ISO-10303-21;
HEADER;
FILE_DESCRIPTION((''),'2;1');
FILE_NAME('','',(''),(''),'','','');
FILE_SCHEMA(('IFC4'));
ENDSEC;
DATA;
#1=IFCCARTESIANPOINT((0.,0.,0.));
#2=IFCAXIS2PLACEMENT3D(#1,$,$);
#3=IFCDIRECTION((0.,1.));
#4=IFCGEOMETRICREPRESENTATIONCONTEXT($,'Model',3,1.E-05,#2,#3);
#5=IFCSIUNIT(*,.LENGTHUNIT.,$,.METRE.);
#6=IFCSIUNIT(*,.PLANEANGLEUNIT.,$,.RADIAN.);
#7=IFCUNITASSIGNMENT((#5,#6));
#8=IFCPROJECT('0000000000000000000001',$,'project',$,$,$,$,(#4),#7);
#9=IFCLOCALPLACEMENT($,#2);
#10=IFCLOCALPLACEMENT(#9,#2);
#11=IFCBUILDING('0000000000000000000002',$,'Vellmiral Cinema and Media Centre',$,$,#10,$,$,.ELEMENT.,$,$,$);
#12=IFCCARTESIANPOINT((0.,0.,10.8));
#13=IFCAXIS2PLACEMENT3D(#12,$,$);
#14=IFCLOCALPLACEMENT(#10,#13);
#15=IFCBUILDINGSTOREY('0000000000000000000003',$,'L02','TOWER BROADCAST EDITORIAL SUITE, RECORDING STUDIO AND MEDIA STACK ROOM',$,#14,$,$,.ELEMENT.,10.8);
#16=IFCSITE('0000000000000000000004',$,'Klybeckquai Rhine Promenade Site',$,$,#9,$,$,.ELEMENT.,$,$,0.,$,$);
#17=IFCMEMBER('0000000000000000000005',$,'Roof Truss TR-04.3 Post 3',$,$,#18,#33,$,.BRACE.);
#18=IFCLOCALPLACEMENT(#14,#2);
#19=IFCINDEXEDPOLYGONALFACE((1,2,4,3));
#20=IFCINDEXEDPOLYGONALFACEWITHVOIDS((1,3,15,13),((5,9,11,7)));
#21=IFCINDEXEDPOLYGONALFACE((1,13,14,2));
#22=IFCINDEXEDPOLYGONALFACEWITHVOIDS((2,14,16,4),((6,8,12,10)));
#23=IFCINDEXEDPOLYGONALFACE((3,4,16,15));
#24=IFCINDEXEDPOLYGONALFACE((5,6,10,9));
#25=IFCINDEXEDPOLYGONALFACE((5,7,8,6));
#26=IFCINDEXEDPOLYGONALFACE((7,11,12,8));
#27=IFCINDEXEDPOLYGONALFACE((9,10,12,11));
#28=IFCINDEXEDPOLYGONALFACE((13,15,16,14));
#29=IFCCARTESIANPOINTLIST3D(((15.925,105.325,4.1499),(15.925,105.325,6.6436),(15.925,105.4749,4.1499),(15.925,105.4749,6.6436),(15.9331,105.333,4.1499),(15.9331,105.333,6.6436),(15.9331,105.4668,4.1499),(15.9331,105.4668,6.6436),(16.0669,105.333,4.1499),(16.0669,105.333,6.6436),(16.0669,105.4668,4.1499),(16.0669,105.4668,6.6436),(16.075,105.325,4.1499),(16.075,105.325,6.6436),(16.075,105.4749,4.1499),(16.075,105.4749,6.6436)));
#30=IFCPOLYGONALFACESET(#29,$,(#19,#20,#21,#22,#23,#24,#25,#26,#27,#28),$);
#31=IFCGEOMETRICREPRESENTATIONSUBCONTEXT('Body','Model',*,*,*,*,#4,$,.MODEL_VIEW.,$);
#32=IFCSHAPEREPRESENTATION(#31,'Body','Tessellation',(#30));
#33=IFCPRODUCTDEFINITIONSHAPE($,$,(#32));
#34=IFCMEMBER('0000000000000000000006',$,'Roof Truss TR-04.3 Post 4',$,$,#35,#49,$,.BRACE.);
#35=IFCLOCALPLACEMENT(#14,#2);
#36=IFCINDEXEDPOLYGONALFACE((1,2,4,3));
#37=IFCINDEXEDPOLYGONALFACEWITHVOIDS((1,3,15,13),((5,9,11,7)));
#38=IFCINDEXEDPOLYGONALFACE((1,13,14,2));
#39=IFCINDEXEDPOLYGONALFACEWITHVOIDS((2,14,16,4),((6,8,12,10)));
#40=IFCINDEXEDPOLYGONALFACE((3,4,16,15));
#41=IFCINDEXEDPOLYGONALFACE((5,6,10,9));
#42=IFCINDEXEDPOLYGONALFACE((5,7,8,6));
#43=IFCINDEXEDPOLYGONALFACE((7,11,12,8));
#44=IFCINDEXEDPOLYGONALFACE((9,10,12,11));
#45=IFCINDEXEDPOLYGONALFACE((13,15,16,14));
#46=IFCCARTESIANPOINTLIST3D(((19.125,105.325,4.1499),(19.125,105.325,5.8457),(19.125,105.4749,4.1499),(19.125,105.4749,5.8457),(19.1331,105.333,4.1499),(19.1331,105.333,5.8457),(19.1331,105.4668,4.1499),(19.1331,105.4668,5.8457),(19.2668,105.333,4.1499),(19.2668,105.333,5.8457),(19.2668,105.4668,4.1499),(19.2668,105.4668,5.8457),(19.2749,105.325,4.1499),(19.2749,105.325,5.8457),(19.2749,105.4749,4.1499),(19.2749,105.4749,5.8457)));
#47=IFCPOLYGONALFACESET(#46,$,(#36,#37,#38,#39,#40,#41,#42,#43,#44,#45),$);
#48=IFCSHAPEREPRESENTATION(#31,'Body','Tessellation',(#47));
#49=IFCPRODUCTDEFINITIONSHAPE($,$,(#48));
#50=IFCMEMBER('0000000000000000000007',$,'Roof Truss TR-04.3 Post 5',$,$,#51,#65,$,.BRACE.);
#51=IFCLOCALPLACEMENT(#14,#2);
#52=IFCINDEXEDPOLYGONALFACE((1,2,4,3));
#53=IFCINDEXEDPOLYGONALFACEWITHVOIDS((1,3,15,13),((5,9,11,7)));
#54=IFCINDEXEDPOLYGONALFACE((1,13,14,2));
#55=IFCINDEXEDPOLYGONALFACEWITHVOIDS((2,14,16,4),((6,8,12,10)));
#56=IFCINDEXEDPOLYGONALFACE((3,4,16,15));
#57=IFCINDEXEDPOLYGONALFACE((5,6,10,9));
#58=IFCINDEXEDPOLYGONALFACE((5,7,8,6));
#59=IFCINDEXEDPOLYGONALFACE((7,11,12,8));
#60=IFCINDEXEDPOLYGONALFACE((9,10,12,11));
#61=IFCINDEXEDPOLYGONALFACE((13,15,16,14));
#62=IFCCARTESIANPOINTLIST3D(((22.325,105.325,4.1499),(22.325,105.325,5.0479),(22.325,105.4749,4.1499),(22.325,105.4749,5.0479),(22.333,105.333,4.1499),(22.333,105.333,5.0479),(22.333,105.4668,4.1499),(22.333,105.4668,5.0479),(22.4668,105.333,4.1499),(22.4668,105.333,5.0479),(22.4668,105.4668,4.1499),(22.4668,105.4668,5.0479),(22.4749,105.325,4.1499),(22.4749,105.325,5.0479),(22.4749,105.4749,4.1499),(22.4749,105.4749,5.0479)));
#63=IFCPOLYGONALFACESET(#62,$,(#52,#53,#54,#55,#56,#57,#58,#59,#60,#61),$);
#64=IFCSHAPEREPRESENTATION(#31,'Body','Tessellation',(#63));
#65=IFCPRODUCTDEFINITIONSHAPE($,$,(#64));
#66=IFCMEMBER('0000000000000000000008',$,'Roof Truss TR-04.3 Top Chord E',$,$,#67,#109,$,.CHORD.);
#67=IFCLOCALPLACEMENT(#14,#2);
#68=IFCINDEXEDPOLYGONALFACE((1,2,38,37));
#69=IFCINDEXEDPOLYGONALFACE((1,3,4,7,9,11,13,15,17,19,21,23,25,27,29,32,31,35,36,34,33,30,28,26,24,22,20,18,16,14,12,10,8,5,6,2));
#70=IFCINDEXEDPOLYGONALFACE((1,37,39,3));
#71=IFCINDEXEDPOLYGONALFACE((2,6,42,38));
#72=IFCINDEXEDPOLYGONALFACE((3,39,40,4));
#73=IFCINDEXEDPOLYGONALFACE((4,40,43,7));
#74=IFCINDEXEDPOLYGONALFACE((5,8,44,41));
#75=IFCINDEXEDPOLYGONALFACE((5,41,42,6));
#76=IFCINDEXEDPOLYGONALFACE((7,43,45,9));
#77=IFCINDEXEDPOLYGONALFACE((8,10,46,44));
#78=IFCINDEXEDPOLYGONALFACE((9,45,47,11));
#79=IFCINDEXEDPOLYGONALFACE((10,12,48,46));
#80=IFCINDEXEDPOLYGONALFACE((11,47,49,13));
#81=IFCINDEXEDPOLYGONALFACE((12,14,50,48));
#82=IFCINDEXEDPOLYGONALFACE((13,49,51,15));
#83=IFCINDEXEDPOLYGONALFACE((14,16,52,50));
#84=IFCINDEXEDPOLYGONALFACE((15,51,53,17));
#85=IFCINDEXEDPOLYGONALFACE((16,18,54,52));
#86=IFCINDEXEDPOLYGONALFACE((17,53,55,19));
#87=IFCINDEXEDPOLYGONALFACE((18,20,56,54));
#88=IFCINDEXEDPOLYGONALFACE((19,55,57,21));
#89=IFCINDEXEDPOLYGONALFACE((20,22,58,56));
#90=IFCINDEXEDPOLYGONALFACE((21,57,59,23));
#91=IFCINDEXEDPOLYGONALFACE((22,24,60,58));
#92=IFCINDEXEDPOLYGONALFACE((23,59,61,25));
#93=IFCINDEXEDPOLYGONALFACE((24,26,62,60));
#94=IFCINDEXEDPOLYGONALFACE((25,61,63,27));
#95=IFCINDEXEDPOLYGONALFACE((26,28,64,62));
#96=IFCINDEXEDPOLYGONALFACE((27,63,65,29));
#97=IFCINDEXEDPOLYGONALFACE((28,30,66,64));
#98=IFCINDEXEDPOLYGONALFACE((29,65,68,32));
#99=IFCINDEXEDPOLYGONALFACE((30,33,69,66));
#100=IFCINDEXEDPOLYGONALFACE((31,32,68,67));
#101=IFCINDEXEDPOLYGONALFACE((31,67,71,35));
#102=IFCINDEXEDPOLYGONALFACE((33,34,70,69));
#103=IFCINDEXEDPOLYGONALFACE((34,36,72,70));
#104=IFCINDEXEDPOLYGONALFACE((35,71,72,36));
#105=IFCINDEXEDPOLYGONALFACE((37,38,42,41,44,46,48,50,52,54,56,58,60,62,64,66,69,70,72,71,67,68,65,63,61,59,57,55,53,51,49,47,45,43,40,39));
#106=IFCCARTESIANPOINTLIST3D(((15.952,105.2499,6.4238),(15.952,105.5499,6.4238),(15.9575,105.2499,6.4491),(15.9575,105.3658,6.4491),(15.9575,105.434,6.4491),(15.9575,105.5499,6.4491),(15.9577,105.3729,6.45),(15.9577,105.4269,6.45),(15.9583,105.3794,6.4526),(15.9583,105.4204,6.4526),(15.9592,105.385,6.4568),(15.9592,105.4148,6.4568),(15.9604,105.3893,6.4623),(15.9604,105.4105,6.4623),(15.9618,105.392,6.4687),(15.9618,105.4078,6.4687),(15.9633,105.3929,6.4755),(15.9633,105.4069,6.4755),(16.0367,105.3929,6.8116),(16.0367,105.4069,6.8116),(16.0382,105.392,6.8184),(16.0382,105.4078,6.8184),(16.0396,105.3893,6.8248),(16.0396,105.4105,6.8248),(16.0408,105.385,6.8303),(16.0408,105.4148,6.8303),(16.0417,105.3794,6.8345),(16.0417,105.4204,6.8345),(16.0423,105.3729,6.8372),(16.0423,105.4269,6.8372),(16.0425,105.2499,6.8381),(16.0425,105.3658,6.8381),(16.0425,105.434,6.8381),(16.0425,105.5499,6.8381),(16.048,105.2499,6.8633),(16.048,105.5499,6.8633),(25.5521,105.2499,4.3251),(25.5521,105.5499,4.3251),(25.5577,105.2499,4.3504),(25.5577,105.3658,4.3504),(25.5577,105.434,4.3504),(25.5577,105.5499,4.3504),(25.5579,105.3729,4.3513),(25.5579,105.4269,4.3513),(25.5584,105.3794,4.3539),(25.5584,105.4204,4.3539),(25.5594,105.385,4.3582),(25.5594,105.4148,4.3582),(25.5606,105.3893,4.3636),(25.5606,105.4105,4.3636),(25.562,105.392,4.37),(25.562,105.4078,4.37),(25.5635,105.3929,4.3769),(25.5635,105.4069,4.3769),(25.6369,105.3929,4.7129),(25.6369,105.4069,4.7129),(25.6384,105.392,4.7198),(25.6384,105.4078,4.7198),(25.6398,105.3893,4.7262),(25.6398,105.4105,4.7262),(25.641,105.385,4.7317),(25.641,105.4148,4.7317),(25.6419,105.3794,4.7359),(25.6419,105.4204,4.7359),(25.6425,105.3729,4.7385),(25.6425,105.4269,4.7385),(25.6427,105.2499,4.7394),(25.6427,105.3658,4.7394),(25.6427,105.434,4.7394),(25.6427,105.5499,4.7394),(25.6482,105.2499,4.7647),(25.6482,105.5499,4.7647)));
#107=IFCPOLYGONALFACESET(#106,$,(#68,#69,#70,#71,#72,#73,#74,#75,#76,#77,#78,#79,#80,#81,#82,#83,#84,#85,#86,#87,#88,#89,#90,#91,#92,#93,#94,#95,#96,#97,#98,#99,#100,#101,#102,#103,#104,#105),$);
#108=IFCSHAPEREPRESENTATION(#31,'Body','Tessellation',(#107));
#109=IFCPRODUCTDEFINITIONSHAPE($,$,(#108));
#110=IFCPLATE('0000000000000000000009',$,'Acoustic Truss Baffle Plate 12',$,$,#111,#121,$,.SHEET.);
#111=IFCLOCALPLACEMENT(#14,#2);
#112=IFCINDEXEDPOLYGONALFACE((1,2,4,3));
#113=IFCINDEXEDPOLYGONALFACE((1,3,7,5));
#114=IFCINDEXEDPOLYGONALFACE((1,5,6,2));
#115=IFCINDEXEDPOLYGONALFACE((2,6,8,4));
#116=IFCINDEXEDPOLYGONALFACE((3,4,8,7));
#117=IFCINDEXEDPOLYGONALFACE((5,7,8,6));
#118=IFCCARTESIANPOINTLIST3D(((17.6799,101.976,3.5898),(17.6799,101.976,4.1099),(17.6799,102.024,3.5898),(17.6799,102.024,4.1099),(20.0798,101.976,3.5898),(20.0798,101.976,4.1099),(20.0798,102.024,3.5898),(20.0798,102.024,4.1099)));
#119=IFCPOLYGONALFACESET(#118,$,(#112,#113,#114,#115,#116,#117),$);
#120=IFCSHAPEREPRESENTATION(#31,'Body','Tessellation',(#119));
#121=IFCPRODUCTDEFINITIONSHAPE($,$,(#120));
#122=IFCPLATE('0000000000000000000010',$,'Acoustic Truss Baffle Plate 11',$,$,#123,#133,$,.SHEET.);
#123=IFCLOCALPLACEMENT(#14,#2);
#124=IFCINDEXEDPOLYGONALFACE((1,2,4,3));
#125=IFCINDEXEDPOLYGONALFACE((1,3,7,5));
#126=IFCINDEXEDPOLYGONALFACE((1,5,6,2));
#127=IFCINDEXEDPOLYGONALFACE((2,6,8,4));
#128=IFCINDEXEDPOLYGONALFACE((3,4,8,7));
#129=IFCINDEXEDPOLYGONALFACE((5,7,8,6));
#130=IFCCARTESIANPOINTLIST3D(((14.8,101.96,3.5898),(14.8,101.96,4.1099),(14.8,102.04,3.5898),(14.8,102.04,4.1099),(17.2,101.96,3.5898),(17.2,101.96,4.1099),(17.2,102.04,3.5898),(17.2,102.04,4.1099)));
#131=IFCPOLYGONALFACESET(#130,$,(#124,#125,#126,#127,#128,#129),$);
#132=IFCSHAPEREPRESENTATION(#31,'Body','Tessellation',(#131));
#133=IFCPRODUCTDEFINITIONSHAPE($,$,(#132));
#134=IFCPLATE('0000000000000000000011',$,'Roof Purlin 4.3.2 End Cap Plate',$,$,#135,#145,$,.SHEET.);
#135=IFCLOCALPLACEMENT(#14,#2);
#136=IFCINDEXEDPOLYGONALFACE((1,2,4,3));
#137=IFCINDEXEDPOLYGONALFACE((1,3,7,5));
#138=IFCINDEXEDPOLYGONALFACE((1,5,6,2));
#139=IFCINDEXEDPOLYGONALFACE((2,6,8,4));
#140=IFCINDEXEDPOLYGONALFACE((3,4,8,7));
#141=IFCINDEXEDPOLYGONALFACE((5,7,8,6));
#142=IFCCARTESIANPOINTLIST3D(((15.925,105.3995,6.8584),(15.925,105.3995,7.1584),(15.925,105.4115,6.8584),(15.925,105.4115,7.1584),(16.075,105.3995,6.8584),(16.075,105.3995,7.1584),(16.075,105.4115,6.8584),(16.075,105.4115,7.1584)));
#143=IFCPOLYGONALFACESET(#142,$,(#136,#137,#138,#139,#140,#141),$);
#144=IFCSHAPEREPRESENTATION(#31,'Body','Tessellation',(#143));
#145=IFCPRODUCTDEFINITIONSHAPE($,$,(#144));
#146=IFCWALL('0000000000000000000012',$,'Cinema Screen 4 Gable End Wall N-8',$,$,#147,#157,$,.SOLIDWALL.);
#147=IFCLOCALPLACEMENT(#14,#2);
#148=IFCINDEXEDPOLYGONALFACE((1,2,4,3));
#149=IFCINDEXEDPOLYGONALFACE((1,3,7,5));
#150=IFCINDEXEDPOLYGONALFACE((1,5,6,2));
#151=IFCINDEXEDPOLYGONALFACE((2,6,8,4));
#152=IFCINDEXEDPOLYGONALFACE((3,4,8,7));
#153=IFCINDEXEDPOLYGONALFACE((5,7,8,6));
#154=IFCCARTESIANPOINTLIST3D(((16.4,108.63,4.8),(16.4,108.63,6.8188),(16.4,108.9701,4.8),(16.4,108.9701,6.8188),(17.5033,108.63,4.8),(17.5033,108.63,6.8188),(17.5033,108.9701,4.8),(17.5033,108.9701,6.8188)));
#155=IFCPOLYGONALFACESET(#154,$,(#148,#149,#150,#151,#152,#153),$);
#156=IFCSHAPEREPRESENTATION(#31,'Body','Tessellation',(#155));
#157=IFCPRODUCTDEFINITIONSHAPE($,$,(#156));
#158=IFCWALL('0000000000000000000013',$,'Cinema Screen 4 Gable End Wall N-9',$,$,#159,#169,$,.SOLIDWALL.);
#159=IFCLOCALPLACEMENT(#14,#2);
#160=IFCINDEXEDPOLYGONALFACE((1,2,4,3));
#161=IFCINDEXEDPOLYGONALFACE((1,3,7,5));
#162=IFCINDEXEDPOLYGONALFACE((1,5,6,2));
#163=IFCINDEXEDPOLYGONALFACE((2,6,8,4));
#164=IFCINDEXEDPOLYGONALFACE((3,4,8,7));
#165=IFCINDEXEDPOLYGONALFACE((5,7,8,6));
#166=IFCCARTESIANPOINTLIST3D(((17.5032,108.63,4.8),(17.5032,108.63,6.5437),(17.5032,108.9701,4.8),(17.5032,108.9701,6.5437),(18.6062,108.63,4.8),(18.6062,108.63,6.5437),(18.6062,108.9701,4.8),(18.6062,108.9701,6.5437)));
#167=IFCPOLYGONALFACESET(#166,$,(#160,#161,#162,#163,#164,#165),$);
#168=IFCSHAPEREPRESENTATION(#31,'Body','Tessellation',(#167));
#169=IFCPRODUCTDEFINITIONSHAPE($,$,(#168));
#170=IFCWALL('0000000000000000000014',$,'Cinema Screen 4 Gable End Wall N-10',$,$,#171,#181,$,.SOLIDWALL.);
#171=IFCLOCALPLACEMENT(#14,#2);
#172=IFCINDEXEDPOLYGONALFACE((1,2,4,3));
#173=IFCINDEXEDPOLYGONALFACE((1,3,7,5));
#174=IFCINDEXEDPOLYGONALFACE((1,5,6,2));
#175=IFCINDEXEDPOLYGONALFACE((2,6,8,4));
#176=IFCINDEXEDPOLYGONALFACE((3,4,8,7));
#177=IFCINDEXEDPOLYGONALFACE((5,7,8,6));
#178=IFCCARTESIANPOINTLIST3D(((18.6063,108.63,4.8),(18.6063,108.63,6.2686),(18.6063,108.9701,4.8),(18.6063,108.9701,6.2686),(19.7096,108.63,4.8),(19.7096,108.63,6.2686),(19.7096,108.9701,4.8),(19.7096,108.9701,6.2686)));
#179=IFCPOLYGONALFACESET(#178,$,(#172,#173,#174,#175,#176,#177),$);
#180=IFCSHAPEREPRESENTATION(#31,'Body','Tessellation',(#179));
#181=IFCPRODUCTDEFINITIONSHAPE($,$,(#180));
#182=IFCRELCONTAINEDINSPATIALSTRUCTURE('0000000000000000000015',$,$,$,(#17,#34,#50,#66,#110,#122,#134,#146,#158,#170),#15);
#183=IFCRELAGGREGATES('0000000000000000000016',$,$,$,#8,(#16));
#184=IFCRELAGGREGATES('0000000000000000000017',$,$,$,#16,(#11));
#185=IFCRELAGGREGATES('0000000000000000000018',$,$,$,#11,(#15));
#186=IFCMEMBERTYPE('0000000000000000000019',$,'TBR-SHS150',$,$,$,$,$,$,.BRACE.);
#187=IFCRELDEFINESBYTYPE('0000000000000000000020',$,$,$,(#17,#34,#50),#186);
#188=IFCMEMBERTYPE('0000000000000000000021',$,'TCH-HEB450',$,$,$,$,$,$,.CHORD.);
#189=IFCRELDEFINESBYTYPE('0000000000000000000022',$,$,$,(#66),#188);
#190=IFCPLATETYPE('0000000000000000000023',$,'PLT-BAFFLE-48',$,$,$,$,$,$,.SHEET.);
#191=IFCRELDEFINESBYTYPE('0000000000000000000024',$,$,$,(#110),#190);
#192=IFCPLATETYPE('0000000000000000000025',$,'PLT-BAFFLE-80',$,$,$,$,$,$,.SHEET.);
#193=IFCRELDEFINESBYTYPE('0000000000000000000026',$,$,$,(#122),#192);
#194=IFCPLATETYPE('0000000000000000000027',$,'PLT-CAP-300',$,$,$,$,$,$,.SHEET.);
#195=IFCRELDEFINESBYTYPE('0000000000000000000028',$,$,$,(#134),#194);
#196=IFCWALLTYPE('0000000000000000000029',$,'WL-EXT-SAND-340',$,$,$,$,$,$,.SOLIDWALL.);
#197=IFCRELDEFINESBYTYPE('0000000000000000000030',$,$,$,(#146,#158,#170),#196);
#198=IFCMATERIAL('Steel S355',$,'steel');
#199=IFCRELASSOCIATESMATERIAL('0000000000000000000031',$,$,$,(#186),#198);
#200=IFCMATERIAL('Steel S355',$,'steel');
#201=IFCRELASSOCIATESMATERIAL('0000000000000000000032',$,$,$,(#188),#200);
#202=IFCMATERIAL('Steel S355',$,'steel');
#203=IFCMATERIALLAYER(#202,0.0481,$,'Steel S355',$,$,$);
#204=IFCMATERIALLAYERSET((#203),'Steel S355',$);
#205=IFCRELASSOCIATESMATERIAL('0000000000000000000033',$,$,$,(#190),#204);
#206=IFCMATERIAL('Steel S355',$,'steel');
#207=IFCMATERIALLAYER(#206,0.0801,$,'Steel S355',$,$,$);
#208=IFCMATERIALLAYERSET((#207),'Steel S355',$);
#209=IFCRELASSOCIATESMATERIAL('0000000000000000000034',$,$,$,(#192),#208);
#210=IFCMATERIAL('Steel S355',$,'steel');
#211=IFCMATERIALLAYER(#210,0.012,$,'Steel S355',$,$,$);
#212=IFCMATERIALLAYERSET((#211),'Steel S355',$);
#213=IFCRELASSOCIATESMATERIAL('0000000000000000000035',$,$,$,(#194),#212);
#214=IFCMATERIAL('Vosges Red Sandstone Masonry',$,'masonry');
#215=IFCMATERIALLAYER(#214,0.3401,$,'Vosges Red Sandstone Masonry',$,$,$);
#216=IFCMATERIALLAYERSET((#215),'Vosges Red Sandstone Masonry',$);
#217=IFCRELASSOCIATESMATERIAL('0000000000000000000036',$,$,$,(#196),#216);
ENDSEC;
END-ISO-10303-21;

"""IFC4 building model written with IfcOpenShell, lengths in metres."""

from ifc_helpers import new_model, si_unit, direction, frame, frame_2d, origin, origin_2d, place, context, subcontext, project, spatial, rectangle, hollow_rectangle, i_section, extrude, material, layer, layer_set, material_profile, profile_set, type_object, element, save


model = new_model("IFC4")

# Units and contexts
model_context = context("Model", 3, precision=1e-05, world=origin(), true_north=direction((0.0, 1.0)))
body_context = subcontext(model_context, "Body", "Model", "MODEL_VIEW")
ifc_project = project(units=[si_unit("LENGTHUNIT", "METRE"), si_unit("PLANEANGLEUNIT", "RADIAN")], contexts=[model_context])

# Site, building, storey
site_placement = place(None, origin())
site = spatial("IfcSite", under=ifc_project, at=site_placement, Name="Klybeckquai Rhine Promenade Site", CompositionType="ELEMENT", RefElevation=0.0)
building_placement = place(site_placement, origin())
building = spatial("IfcBuilding", under=site, at=building_placement, Name="Vellmiral Cinema and Media Centre", CompositionType="ELEMENT")
storey_placement = place(building_placement, frame((0.0, 0.0, 10.8)))
storey = spatial("IfcBuildingStorey", under=building, at=storey_placement, Name="L02", Description="TOWER BROADCAST EDITORIAL SUITE, RECORDING STUDIO AND MEDIA STACK ROOM", CompositionType="ELEMENT", Elevation=10.8)

# Members
ifc_material_1 = material(Name="Steel S355", Category="steel")
ifc_material_profile_1 = material_profile(ifc_material_1, hollow_rectangle(XDim=0.1499, YDim=0.1499, WallThickness=0.0081, at=origin_2d()), Name="SHS 150x150x8.0")
ifc_profile_set_1 = profile_set([ifc_material_profile_1], Name="Steel S355")
member_type_1 = type_object("IfcMemberType", Name="TBR-SHS150", PredefinedType="BRACE", material=ifc_profile_set_1)
member_1_placement = place(storey_placement, frame((16.0, 105.3999, 4.1499), z_axis=(0.0, 0.0, 1.0), x_axis=(1.0, 0.0, 0.0)))
element("IfcMember", 1, at=member_1_placement, inside=storey, type_object=member_type_1, Name="Roof Truss TR-04.3 Post 3", PredefinedType="BRACE", context=body_context, shape_type="SweptSolid", body=[
    extrude(hollow_rectangle(XDim=0.1499, YDim=0.1499, WallThickness=0.0081, at=origin_2d()), origin(), (0.0, 0.0, 1.0), 2.4937),
])
member_2_placement = place(storey_placement, frame((19.2, 105.3999, 4.1499), z_axis=(0.0, 0.0, 1.0), x_axis=(1.0, 0.0, 0.0)))
element("IfcMember", 2, at=member_2_placement, inside=storey, type_object=member_type_1, Name="Roof Truss TR-04.3 Post 4", PredefinedType="BRACE", context=body_context, shape_type="SweptSolid", body=[
    extrude(hollow_rectangle(XDim=0.1499, YDim=0.1499, WallThickness=0.0081, at=origin_2d()), origin(), (0.0, 0.0, 1.0), 1.6958),
])
member_3_placement = place(storey_placement, frame((22.3999, 105.3999, 4.1499), z_axis=(0.0, 0.0, 1.0), x_axis=(1.0, 0.0, 0.0)))
element("IfcMember", 3, at=member_3_placement, inside=storey, type_object=member_type_1, Name="Roof Truss TR-04.3 Post 5", PredefinedType="BRACE", context=body_context, shape_type="SweptSolid", body=[
    extrude(hollow_rectangle(XDim=0.1499, YDim=0.1499, WallThickness=0.0081, at=origin_2d()), origin(), (0.0, 0.0, 1.0), 0.8979),
])
ifc_material_2 = material(Name="Steel S355", Category="steel")
ifc_material_profile_2 = material_profile(ifc_material_2, i_section(OverallWidth=0.3, OverallDepth=0.45, WebThickness=0.0139, FlangeThickness=0.0259, FilletRadius=0.0271, at=origin_2d()), Name="HEB 450")
ifc_profile_set_2 = profile_set([ifc_material_profile_2], Name="Steel S355")
member_type_2 = type_object("IfcMemberType", Name="TCH-HEB450", PredefinedType="CHORD", material=ifc_profile_set_2)
member_4_placement = place(storey_placement, frame((16.0, 105.3999, 6.6436), z_axis=(0.97693, 0.0, -0.213562), x_axis=(0.0, 1.0, 0.0)))
element("IfcMember", 4, at=member_4_placement, inside=storey, type_object=member_type_2, Name="Roof Truss TR-04.3 Top Chord E", PredefinedType="CHORD", context=body_context, shape_type="SweptSolid", body=[
    extrude(i_section(OverallWidth=0.3, OverallDepth=0.45, WebThickness=0.0139, FlangeThickness=0.0259, FilletRadius=0.0271, at=origin_2d()), origin(), (0.0, 0.0, 1.0), 9.8269),
])

# Plates
ifc_material_3 = material(Name="Steel S355", Category="steel")
ifc_layer_1 = layer(ifc_material_3, 0.0481, Name="Steel S355")
ifc_layer_set_1 = layer_set([ifc_layer_1], Name="Steel S355")
plate_type_1 = type_object("IfcPlateType", Name="PLT-BAFFLE-48", PredefinedType="SHEET", material=ifc_layer_set_1)
plate_1_placement = place(storey_placement, frame((18.8799, 102.0, 3.5898), z_axis=(0.0, 0.0, 1.0), x_axis=(1.0, 0.0, 0.0)))
element("IfcPlate", 5, at=plate_1_placement, inside=storey, type_object=plate_type_1, Name="Acoustic Truss Baffle Plate 12", PredefinedType="SHEET", context=body_context, shape_type="SweptSolid", body=[
    extrude(rectangle(XDim=2.3999, YDim=0.0481, at=origin_2d()), origin(), (0.0, 0.0, 1.0), 0.52),
])
ifc_material_4 = material(Name="Steel S355", Category="steel")
ifc_layer_2 = layer(ifc_material_4, 0.0801, Name="Steel S355")
ifc_layer_set_2 = layer_set([ifc_layer_2], Name="Steel S355")
plate_type_2 = type_object("IfcPlateType", Name="PLT-BAFFLE-80", PredefinedType="SHEET", material=ifc_layer_set_2)
plate_2_placement = place(storey_placement, frame((16.0, 102.0, 3.5898), z_axis=(0.0, 0.0, 1.0), x_axis=(1.0, 0.0, 0.0)))
element("IfcPlate", 6, at=plate_2_placement, inside=storey, type_object=plate_type_2, Name="Acoustic Truss Baffle Plate 11", PredefinedType="SHEET", context=body_context, shape_type="SweptSolid", body=[
    extrude(rectangle(XDim=2.3999, YDim=0.0801, at=origin_2d()), origin(), (0.0, 0.0, 1.0), 0.52),
])
ifc_material_5 = material(Name="Steel S355", Category="steel")
ifc_layer_3 = layer(ifc_material_5, 0.012, Name="Steel S355")
ifc_layer_set_3 = layer_set([ifc_layer_3], Name="Steel S355")
plate_type_3 = type_object("IfcPlateType", Name="PLT-CAP-300", PredefinedType="SHEET", material=ifc_layer_set_3)
plate_3_placement = place(storey_placement, frame((16.0, 105.4055, 6.8584), z_axis=(0.0, 0.0, 1.0), x_axis=(1.0, 0.0, 0.0)))
element("IfcPlate", 7, at=plate_3_placement, inside=storey, type_object=plate_type_3, Name="Roof Purlin 4.3.2 End Cap Plate", PredefinedType="SHEET", context=body_context, shape_type="SweptSolid", body=[
    extrude(rectangle(XDim=0.1499, YDim=0.012, at=origin_2d()), origin(), (0.0, 0.0, 1.0), 0.3),
])

# Walls
ifc_material_6 = material(Name="Vosges Red Sandstone Masonry", Category="masonry")
ifc_layer_4 = layer(ifc_material_6, 0.3401, Name="Vosges Red Sandstone Masonry")
ifc_layer_set_4 = layer_set([ifc_layer_4], Name="Vosges Red Sandstone Masonry")
wall_type_1 = type_object("IfcWallType", Name="WL-EXT-SAND-340", PredefinedType="SOLIDWALL", material=ifc_layer_set_4)
wall_1_placement = place(storey_placement, frame((16.3999, 108.8, 4.8), z_axis=(0.0, 0.0, 1.0), x_axis=(1.0, 0.0, 0.0)))
element("IfcWall", 8, at=wall_1_placement, inside=storey, type_object=wall_type_1, Name="Cinema Screen 4 Gable End Wall N-8", PredefinedType="SOLIDWALL", context=body_context, shape_type="SweptSolid", body=[
    extrude(rectangle(XDim=1.1033, YDim=0.3401, at=frame_2d((0.5518, 0.0))), origin(), (0.0, 0.0, 1.0), 2.0188),
])
wall_2_placement = place(storey_placement, frame((17.5032, 108.8, 4.8), z_axis=(0.0, 0.0, 1.0), x_axis=(1.0, 0.0, 0.0)))
element("IfcWall", 9, at=wall_2_placement, inside=storey, type_object=wall_type_1, Name="Cinema Screen 4 Gable End Wall N-9", PredefinedType="SOLIDWALL", context=body_context, shape_type="SweptSolid", body=[
    extrude(rectangle(XDim=1.103, YDim=0.3401, at=frame_2d((0.5515, 0.0))), origin(), (0.0, 0.0, 1.0), 1.7437),
])
wall_3_placement = place(storey_placement, frame((18.6062, 108.8, 4.8), z_axis=(0.0, 0.0, 1.0), x_axis=(1.0, 0.0, 0.0)))
element("IfcWall", 10, at=wall_3_placement, inside=storey, type_object=wall_type_1, Name="Cinema Screen 4 Gable End Wall N-10", PredefinedType="SOLIDWALL", context=body_context, shape_type="SweptSolid", body=[
    extrude(rectangle(XDim=1.1033, YDim=0.3401, at=frame_2d((0.5518, 0.0))), origin(), (0.0, 0.0, 1.0), 1.4685),
])

save(model, "model.ifc")
